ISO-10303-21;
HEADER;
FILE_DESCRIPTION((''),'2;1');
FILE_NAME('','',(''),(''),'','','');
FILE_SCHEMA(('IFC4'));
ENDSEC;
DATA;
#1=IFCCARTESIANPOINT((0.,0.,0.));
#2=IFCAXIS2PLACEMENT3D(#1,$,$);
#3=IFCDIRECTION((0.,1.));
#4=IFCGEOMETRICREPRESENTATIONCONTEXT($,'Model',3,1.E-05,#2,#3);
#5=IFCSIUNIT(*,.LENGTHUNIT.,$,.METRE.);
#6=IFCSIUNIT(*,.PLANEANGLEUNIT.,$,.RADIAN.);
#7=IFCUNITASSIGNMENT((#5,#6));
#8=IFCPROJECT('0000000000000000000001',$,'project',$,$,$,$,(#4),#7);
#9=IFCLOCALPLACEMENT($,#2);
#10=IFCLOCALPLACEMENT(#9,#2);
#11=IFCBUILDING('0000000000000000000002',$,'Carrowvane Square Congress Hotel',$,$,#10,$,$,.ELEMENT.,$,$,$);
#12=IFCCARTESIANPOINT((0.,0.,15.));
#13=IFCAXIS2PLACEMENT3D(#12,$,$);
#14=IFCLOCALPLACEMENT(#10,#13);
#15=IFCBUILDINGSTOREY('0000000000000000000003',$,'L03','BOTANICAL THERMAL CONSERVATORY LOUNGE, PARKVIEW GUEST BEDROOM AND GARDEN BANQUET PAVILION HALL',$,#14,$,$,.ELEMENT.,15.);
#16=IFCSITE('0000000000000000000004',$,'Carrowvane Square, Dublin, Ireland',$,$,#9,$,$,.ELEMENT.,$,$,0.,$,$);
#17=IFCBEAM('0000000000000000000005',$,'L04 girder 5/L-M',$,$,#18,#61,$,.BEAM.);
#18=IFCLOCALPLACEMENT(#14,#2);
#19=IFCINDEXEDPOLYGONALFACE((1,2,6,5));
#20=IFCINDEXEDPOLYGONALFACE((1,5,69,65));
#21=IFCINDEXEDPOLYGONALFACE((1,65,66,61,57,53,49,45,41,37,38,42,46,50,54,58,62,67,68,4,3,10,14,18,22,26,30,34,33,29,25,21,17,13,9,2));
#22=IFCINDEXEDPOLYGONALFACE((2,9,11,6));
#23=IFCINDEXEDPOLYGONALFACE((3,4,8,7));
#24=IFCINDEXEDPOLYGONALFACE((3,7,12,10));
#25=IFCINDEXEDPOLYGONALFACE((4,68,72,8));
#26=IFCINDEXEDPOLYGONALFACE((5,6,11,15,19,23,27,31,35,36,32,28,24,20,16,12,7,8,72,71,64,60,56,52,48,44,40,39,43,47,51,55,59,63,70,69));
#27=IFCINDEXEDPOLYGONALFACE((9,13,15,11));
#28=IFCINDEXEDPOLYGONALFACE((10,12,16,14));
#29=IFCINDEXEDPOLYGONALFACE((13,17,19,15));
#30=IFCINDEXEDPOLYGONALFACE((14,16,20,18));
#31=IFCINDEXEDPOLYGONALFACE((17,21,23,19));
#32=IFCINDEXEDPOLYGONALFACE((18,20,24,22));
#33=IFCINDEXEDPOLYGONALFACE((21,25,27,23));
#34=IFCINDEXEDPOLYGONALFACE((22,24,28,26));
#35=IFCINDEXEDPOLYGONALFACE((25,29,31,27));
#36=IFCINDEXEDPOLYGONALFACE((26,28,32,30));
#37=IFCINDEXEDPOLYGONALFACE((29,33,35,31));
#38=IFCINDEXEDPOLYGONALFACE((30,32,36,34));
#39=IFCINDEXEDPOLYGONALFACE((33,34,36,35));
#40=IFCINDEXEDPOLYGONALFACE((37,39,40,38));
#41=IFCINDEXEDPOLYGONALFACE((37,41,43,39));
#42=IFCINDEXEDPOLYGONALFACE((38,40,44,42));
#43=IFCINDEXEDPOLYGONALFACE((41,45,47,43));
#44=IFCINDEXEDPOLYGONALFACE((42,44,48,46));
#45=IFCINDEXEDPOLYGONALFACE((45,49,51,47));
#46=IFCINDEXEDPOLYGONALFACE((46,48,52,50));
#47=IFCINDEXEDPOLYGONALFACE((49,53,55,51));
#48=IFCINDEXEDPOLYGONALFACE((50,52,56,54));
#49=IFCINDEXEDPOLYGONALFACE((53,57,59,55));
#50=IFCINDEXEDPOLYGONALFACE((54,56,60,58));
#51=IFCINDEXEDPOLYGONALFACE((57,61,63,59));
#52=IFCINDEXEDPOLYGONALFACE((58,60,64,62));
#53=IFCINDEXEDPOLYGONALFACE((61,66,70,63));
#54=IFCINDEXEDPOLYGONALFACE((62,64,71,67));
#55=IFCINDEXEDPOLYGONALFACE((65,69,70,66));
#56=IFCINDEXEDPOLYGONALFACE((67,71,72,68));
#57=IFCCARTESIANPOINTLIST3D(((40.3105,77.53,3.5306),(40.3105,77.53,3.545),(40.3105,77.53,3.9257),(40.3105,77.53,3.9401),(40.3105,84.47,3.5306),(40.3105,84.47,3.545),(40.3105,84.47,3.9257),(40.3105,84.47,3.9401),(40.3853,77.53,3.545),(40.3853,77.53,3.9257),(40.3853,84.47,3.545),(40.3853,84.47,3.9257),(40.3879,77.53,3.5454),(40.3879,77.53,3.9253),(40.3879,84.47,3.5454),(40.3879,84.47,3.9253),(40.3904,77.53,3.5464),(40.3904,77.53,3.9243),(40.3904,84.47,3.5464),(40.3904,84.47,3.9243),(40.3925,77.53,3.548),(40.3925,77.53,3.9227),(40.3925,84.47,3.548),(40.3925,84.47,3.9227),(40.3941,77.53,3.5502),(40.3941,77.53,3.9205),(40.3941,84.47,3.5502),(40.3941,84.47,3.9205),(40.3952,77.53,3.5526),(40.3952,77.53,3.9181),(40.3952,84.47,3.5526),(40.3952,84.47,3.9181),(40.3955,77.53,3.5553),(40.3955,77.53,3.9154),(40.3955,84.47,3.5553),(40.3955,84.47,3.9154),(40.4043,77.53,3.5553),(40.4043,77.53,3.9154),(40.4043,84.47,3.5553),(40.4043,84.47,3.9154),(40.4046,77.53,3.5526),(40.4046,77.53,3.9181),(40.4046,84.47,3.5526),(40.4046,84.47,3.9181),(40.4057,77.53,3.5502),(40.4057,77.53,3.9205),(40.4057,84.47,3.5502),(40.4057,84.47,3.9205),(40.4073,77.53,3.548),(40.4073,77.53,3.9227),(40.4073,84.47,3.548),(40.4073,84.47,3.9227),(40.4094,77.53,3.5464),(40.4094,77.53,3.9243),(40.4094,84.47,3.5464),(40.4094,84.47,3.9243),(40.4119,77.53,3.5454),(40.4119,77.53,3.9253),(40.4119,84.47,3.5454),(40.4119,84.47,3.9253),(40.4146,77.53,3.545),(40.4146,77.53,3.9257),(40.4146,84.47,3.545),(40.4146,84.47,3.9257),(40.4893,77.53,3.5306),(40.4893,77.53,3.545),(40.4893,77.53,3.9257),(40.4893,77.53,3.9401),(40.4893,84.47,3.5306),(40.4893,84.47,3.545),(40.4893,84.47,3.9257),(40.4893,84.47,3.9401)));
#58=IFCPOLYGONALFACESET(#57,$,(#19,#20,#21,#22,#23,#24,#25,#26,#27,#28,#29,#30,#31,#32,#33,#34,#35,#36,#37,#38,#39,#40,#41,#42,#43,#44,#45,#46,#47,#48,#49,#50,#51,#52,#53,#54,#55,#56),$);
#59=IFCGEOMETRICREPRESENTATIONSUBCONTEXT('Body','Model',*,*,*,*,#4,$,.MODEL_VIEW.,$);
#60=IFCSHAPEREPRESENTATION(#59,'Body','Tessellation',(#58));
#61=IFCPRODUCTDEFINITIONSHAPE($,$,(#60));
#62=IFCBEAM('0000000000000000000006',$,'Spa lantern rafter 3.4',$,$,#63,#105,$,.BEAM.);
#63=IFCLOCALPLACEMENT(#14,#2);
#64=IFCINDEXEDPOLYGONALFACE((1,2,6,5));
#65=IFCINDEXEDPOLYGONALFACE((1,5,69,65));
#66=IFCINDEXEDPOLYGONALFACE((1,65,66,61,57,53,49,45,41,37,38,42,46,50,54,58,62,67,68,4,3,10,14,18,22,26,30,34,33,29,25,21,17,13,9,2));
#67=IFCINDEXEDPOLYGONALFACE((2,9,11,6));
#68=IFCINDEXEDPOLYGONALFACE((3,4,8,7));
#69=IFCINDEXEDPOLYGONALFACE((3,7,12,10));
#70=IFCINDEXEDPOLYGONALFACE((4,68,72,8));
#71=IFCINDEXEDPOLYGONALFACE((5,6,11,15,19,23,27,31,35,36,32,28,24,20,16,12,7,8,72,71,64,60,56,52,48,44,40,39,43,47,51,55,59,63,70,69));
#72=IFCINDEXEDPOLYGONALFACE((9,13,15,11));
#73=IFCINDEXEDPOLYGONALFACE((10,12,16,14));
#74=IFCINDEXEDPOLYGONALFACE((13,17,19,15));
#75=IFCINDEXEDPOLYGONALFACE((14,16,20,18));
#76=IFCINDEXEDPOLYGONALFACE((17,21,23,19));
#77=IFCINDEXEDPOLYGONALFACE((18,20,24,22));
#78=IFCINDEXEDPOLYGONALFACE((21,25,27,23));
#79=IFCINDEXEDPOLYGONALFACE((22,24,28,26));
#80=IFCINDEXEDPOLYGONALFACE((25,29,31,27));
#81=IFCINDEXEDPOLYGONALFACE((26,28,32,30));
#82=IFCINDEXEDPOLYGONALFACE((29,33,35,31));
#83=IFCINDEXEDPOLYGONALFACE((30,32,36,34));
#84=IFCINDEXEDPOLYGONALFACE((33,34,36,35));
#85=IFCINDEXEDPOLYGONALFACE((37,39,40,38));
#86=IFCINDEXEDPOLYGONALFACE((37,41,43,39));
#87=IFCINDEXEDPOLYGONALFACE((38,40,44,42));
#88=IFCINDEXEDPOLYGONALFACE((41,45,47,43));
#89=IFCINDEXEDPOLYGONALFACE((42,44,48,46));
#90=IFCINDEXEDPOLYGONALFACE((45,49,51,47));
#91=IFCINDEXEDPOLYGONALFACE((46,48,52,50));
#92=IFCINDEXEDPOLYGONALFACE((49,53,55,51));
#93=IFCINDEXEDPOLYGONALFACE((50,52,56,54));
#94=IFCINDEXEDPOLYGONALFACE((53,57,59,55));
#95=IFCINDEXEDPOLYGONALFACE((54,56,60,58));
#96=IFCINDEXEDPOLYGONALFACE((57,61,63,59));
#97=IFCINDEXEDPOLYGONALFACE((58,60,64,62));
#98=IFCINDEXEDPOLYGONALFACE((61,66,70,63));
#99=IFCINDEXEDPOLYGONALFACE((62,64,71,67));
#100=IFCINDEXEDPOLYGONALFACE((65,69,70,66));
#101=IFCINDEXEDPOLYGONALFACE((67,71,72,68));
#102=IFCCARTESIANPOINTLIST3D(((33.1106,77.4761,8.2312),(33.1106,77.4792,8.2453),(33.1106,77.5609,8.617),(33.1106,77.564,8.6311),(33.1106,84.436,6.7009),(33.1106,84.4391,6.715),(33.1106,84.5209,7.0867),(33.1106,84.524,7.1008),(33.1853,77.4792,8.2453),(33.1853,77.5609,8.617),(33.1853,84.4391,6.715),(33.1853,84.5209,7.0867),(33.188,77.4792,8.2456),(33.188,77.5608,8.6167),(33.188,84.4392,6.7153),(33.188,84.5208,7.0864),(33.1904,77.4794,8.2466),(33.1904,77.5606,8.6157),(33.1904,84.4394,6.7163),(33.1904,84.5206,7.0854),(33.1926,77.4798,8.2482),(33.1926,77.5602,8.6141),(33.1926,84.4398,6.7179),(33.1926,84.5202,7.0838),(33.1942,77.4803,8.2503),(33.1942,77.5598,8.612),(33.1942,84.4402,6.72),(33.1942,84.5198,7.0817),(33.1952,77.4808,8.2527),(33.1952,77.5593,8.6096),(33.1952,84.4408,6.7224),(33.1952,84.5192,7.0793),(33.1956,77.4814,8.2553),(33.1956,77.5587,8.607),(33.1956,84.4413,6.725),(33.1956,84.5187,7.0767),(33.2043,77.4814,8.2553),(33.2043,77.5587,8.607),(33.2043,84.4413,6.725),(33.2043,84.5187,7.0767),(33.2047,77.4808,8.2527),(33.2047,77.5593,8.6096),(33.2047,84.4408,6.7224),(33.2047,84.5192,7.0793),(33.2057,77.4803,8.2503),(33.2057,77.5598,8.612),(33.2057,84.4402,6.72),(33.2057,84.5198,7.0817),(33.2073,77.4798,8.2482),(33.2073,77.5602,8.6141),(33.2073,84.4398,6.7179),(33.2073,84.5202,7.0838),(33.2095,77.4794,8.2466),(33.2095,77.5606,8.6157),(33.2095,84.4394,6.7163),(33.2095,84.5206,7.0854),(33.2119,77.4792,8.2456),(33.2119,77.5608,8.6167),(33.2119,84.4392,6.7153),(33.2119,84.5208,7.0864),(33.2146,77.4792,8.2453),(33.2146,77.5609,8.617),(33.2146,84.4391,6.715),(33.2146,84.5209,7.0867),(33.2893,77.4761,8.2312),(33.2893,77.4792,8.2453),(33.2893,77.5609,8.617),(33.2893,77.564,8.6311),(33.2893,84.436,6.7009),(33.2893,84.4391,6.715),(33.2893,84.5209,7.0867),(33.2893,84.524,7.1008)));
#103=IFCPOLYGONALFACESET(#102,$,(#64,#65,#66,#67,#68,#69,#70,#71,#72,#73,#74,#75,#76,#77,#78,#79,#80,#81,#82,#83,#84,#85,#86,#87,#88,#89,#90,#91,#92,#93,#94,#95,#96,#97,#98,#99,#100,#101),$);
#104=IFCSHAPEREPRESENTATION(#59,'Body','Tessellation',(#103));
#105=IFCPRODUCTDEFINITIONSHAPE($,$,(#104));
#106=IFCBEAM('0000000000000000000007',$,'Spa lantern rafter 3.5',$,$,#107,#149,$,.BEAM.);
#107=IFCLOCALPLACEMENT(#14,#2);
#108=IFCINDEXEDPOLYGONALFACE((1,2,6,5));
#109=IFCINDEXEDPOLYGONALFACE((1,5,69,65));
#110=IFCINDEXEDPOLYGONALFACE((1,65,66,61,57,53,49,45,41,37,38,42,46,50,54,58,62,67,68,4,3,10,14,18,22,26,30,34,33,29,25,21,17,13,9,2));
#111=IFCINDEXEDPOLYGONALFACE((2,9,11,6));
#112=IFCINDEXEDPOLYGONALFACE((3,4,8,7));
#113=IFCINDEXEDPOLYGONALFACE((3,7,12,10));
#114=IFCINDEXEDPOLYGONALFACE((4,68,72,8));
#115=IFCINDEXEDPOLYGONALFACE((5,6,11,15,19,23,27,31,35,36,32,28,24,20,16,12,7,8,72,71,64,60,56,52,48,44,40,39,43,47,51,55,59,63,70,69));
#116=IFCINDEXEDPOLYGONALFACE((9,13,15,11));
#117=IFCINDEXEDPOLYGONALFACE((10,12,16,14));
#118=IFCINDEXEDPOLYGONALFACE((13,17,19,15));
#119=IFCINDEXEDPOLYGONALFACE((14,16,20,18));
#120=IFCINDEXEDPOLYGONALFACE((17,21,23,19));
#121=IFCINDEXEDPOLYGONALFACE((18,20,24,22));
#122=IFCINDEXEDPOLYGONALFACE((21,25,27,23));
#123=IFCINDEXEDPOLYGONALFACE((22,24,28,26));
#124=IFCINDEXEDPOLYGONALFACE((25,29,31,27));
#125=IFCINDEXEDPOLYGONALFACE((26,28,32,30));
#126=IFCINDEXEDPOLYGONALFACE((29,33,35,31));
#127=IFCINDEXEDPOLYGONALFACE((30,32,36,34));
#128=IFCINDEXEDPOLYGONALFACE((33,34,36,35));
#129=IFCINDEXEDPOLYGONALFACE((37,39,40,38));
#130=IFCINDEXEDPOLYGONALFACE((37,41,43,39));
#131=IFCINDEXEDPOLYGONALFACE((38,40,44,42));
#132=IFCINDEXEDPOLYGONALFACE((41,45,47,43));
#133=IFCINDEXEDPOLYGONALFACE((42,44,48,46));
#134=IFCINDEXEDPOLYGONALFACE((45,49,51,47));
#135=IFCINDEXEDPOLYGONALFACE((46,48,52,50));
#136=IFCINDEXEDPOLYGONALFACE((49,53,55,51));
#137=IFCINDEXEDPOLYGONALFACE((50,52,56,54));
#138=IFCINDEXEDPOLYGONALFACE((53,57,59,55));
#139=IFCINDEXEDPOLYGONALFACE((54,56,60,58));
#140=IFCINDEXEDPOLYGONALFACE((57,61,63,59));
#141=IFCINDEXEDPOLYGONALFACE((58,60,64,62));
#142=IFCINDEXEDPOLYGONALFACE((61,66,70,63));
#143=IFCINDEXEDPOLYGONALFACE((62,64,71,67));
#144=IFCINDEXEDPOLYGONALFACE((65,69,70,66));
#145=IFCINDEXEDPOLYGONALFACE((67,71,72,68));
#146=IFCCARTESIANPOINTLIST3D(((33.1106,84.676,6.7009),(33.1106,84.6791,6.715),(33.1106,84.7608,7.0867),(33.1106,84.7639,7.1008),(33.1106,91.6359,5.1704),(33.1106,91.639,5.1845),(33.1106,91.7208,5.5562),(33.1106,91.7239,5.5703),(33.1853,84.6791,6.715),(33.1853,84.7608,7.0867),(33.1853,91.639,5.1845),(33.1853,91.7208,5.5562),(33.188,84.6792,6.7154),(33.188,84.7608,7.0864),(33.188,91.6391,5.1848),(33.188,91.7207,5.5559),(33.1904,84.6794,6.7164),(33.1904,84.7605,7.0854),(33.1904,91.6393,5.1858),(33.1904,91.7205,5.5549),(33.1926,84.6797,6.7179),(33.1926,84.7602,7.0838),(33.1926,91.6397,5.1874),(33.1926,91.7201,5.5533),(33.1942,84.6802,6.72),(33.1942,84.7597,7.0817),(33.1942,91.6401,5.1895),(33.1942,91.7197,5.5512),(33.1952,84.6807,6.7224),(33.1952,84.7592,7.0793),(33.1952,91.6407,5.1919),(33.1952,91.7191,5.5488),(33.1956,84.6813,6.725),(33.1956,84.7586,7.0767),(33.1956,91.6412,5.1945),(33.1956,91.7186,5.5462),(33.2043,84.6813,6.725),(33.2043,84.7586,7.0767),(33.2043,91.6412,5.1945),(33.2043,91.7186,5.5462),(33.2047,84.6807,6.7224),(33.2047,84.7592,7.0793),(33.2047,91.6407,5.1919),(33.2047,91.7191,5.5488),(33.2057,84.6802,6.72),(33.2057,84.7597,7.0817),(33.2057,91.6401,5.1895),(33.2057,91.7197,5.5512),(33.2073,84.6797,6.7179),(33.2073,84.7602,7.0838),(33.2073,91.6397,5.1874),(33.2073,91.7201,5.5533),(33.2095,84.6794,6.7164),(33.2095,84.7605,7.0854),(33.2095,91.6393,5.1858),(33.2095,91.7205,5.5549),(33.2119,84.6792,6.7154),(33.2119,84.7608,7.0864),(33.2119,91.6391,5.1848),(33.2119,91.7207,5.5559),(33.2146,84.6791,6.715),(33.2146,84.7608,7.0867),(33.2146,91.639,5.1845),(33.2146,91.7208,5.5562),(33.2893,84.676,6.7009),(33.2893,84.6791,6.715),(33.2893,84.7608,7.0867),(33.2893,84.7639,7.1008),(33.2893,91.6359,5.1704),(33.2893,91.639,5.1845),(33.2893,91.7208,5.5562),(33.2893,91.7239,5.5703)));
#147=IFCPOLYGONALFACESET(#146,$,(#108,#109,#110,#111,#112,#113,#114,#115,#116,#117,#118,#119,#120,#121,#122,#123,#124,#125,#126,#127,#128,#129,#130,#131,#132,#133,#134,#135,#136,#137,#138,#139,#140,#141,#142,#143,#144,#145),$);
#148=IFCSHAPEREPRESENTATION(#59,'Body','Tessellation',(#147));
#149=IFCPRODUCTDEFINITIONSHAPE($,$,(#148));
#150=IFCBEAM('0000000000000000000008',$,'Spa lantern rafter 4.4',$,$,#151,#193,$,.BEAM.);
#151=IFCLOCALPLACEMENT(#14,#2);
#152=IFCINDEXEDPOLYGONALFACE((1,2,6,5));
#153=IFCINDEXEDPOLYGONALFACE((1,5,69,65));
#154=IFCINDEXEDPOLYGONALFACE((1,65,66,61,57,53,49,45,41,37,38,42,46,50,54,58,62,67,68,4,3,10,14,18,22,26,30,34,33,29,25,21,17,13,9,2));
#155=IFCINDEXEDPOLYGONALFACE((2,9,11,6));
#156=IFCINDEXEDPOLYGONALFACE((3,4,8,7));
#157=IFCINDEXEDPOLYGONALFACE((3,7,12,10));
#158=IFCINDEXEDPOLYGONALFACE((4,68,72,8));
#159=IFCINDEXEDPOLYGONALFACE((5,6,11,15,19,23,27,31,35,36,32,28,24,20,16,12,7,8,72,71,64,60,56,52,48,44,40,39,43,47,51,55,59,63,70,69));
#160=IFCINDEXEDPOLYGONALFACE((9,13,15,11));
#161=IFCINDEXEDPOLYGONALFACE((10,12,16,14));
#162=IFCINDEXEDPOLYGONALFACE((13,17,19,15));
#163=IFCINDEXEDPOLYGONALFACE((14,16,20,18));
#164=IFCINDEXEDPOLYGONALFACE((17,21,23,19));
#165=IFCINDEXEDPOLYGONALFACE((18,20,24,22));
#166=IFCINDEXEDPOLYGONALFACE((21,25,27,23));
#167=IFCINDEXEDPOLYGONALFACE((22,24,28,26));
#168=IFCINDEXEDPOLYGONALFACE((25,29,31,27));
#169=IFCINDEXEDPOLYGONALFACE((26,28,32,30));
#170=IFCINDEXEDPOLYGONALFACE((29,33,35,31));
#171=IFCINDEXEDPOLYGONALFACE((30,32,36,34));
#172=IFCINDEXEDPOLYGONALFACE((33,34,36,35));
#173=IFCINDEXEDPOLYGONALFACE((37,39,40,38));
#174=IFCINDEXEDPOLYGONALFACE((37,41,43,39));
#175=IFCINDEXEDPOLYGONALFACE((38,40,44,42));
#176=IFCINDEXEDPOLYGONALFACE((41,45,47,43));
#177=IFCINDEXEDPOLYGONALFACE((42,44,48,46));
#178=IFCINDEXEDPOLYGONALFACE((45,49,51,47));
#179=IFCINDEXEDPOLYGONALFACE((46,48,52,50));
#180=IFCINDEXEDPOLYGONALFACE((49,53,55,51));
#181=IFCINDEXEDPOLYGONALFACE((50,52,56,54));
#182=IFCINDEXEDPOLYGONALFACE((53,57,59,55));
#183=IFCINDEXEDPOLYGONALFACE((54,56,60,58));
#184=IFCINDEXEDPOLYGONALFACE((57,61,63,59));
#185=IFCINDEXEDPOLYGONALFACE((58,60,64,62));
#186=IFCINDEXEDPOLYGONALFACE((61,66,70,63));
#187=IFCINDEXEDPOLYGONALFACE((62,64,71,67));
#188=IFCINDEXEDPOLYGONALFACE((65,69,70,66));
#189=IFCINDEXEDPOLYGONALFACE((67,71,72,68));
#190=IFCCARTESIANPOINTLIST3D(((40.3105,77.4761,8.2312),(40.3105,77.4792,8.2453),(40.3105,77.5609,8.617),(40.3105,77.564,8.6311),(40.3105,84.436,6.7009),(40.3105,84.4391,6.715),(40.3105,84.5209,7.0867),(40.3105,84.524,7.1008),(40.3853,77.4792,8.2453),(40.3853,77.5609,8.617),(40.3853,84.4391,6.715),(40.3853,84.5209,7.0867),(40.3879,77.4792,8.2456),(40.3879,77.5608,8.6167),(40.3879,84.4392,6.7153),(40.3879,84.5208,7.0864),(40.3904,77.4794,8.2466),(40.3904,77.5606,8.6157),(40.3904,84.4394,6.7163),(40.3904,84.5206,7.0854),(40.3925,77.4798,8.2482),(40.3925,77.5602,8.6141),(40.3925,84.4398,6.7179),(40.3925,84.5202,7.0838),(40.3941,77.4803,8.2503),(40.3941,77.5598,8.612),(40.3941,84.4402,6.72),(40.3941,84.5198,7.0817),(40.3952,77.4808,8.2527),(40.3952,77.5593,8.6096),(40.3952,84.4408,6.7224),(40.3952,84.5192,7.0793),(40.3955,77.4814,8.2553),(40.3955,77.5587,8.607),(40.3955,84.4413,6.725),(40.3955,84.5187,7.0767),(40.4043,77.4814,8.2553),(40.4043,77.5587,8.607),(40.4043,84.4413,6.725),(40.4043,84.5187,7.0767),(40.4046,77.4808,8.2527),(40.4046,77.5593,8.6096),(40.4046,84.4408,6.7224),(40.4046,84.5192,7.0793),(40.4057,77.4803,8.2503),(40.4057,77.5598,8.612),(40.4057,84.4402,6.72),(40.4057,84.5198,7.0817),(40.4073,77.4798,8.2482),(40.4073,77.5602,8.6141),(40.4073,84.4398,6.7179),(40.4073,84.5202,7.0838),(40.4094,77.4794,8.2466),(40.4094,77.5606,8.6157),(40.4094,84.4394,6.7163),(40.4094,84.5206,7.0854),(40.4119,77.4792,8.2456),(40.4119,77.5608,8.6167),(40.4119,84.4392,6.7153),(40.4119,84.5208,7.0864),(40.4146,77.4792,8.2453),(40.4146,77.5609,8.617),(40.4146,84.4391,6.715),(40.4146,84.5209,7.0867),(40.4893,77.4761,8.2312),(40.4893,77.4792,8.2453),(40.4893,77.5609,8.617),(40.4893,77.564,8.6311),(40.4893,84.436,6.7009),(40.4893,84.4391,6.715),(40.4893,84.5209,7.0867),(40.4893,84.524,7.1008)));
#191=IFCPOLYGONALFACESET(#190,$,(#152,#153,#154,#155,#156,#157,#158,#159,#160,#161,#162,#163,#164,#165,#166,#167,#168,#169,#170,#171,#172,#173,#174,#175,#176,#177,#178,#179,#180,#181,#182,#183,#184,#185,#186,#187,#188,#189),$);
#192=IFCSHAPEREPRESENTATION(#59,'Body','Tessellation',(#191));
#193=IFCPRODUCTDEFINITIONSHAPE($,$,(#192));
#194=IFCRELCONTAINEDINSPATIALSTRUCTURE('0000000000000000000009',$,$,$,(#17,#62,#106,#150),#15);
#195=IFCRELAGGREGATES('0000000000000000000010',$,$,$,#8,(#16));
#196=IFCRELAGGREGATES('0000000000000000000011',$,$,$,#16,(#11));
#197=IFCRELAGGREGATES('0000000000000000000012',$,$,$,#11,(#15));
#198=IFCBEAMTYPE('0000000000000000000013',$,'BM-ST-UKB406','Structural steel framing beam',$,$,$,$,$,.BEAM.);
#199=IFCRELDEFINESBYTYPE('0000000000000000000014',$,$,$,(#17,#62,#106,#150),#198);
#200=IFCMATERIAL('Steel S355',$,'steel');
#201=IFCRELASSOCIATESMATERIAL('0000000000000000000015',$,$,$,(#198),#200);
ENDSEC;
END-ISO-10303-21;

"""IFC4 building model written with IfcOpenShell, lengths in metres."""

from ifc_helpers import new_model, si_unit, direction, frame, origin, origin_2d, place, context, subcontext, project, spatial, i_section, extrude, material, material_profile, profile_set, type_object, element, save


model = new_model("IFC4")

# Units and contexts
model_context = context("Model", 3, precision=1e-05, world=origin(), true_north=direction((0.0, 1.0)))
body_context = subcontext(model_context, "Body", "Model", "MODEL_VIEW")
ifc_project = project(units=[si_unit("LENGTHUNIT", "METRE"), si_unit("PLANEANGLEUNIT", "RADIAN")], contexts=[model_context])

# Site, building, storey
site_placement = place(None, origin())
site = spatial("IfcSite", under=ifc_project, at=site_placement, Name="Carrowvane Square, Dublin, Ireland", CompositionType="ELEMENT", RefElevation=0.0)
building_placement = place(site_placement, origin())
building = spatial("IfcBuilding", under=site, at=building_placement, Name="Carrowvane Square Congress Hotel", CompositionType="ELEMENT")
storey_placement = place(building_placement, frame((0.0, 0.0, 15.0)))
storey = spatial("IfcBuildingStorey", under=building, at=storey_placement, Name="L03", Description="BOTANICAL THERMAL CONSERVATORY LOUNGE, PARKVIEW GUEST BEDROOM AND GARDEN BANQUET PAVILION HALL", CompositionType="ELEMENT", Elevation=15.0)

# Beams
ifc_material_1 = material(Name="Steel S355", Category="steel")
ifc_material_profile_1 = material_profile(ifc_material_1, i_section(OverallWidth=0.1787, OverallDepth=0.4094, WebThickness=0.0088, FlangeThickness=0.0144, FilletRadius=0.0103, at=origin_2d()), Name="UKB 406x178x67")
ifc_profile_set_1 = profile_set([ifc_material_profile_1], Name="Steel S355")
beam_type_1 = type_object("IfcBeamType", Name="BM-ST-UKB406", Description="Structural steel framing beam", PredefinedType="BEAM", material=ifc_profile_set_1)
for number, where, z_axis, x_axis, name in (
    (1, (40.3999, 77.53, 3.7354), (0.0, 1.0, 0.0), (-1.0, 0.0, 0.0), "L04 girder 5/L-M"),
):
    element("IfcBeam", number, at=place(storey_placement, frame(where, z_axis=z_axis, x_axis=x_axis)), inside=storey, type_object=beam_type_1, Name=name, PredefinedType="BEAM", context=body_context, shape_type="SweptSolid", body=[
        extrude(i_section(OverallWidth=0.1787, OverallDepth=0.4094, WebThickness=0.0088, FlangeThickness=0.0144, FilletRadius=0.0103, at=origin_2d()), origin(), (0.0, 0.0, 1.0), 6.9399),
    ])
for number, where, z_axis, x_axis, name in (
    (2, (33.2, 77.52, 8.4312), (0.0, 0.976671, -0.214739), (-1.0, 0.0, 0.0), "Spa lantern rafter 3.4"),
    (3, (33.2, 84.72, 6.9009), (0.0, 0.976664, -0.214772), (-1.0, 0.0, 0.0), "Spa lantern rafter 3.5"),
    (4, (40.3999, 77.52, 8.4312), (0.0, 0.976671, -0.214739), (-1.0, 0.0, 0.0), "Spa lantern rafter 4.4"),
):
    element("IfcBeam", number, at=place(storey_placement, frame(where, z_axis=z_axis, x_axis=x_axis)), inside=storey, type_object=beam_type_1, Name=name, PredefinedType="BEAM", context=body_context, shape_type="SweptSolid", body=[
        extrude(i_section(OverallWidth=0.1787, OverallDepth=0.4094, WebThickness=0.0088, FlangeThickness=0.0144, FilletRadius=0.0103, at=origin_2d()), origin(), (0.0, 0.0, 1.0), 7.1262),
    ])

save(model, "model.ifc")
